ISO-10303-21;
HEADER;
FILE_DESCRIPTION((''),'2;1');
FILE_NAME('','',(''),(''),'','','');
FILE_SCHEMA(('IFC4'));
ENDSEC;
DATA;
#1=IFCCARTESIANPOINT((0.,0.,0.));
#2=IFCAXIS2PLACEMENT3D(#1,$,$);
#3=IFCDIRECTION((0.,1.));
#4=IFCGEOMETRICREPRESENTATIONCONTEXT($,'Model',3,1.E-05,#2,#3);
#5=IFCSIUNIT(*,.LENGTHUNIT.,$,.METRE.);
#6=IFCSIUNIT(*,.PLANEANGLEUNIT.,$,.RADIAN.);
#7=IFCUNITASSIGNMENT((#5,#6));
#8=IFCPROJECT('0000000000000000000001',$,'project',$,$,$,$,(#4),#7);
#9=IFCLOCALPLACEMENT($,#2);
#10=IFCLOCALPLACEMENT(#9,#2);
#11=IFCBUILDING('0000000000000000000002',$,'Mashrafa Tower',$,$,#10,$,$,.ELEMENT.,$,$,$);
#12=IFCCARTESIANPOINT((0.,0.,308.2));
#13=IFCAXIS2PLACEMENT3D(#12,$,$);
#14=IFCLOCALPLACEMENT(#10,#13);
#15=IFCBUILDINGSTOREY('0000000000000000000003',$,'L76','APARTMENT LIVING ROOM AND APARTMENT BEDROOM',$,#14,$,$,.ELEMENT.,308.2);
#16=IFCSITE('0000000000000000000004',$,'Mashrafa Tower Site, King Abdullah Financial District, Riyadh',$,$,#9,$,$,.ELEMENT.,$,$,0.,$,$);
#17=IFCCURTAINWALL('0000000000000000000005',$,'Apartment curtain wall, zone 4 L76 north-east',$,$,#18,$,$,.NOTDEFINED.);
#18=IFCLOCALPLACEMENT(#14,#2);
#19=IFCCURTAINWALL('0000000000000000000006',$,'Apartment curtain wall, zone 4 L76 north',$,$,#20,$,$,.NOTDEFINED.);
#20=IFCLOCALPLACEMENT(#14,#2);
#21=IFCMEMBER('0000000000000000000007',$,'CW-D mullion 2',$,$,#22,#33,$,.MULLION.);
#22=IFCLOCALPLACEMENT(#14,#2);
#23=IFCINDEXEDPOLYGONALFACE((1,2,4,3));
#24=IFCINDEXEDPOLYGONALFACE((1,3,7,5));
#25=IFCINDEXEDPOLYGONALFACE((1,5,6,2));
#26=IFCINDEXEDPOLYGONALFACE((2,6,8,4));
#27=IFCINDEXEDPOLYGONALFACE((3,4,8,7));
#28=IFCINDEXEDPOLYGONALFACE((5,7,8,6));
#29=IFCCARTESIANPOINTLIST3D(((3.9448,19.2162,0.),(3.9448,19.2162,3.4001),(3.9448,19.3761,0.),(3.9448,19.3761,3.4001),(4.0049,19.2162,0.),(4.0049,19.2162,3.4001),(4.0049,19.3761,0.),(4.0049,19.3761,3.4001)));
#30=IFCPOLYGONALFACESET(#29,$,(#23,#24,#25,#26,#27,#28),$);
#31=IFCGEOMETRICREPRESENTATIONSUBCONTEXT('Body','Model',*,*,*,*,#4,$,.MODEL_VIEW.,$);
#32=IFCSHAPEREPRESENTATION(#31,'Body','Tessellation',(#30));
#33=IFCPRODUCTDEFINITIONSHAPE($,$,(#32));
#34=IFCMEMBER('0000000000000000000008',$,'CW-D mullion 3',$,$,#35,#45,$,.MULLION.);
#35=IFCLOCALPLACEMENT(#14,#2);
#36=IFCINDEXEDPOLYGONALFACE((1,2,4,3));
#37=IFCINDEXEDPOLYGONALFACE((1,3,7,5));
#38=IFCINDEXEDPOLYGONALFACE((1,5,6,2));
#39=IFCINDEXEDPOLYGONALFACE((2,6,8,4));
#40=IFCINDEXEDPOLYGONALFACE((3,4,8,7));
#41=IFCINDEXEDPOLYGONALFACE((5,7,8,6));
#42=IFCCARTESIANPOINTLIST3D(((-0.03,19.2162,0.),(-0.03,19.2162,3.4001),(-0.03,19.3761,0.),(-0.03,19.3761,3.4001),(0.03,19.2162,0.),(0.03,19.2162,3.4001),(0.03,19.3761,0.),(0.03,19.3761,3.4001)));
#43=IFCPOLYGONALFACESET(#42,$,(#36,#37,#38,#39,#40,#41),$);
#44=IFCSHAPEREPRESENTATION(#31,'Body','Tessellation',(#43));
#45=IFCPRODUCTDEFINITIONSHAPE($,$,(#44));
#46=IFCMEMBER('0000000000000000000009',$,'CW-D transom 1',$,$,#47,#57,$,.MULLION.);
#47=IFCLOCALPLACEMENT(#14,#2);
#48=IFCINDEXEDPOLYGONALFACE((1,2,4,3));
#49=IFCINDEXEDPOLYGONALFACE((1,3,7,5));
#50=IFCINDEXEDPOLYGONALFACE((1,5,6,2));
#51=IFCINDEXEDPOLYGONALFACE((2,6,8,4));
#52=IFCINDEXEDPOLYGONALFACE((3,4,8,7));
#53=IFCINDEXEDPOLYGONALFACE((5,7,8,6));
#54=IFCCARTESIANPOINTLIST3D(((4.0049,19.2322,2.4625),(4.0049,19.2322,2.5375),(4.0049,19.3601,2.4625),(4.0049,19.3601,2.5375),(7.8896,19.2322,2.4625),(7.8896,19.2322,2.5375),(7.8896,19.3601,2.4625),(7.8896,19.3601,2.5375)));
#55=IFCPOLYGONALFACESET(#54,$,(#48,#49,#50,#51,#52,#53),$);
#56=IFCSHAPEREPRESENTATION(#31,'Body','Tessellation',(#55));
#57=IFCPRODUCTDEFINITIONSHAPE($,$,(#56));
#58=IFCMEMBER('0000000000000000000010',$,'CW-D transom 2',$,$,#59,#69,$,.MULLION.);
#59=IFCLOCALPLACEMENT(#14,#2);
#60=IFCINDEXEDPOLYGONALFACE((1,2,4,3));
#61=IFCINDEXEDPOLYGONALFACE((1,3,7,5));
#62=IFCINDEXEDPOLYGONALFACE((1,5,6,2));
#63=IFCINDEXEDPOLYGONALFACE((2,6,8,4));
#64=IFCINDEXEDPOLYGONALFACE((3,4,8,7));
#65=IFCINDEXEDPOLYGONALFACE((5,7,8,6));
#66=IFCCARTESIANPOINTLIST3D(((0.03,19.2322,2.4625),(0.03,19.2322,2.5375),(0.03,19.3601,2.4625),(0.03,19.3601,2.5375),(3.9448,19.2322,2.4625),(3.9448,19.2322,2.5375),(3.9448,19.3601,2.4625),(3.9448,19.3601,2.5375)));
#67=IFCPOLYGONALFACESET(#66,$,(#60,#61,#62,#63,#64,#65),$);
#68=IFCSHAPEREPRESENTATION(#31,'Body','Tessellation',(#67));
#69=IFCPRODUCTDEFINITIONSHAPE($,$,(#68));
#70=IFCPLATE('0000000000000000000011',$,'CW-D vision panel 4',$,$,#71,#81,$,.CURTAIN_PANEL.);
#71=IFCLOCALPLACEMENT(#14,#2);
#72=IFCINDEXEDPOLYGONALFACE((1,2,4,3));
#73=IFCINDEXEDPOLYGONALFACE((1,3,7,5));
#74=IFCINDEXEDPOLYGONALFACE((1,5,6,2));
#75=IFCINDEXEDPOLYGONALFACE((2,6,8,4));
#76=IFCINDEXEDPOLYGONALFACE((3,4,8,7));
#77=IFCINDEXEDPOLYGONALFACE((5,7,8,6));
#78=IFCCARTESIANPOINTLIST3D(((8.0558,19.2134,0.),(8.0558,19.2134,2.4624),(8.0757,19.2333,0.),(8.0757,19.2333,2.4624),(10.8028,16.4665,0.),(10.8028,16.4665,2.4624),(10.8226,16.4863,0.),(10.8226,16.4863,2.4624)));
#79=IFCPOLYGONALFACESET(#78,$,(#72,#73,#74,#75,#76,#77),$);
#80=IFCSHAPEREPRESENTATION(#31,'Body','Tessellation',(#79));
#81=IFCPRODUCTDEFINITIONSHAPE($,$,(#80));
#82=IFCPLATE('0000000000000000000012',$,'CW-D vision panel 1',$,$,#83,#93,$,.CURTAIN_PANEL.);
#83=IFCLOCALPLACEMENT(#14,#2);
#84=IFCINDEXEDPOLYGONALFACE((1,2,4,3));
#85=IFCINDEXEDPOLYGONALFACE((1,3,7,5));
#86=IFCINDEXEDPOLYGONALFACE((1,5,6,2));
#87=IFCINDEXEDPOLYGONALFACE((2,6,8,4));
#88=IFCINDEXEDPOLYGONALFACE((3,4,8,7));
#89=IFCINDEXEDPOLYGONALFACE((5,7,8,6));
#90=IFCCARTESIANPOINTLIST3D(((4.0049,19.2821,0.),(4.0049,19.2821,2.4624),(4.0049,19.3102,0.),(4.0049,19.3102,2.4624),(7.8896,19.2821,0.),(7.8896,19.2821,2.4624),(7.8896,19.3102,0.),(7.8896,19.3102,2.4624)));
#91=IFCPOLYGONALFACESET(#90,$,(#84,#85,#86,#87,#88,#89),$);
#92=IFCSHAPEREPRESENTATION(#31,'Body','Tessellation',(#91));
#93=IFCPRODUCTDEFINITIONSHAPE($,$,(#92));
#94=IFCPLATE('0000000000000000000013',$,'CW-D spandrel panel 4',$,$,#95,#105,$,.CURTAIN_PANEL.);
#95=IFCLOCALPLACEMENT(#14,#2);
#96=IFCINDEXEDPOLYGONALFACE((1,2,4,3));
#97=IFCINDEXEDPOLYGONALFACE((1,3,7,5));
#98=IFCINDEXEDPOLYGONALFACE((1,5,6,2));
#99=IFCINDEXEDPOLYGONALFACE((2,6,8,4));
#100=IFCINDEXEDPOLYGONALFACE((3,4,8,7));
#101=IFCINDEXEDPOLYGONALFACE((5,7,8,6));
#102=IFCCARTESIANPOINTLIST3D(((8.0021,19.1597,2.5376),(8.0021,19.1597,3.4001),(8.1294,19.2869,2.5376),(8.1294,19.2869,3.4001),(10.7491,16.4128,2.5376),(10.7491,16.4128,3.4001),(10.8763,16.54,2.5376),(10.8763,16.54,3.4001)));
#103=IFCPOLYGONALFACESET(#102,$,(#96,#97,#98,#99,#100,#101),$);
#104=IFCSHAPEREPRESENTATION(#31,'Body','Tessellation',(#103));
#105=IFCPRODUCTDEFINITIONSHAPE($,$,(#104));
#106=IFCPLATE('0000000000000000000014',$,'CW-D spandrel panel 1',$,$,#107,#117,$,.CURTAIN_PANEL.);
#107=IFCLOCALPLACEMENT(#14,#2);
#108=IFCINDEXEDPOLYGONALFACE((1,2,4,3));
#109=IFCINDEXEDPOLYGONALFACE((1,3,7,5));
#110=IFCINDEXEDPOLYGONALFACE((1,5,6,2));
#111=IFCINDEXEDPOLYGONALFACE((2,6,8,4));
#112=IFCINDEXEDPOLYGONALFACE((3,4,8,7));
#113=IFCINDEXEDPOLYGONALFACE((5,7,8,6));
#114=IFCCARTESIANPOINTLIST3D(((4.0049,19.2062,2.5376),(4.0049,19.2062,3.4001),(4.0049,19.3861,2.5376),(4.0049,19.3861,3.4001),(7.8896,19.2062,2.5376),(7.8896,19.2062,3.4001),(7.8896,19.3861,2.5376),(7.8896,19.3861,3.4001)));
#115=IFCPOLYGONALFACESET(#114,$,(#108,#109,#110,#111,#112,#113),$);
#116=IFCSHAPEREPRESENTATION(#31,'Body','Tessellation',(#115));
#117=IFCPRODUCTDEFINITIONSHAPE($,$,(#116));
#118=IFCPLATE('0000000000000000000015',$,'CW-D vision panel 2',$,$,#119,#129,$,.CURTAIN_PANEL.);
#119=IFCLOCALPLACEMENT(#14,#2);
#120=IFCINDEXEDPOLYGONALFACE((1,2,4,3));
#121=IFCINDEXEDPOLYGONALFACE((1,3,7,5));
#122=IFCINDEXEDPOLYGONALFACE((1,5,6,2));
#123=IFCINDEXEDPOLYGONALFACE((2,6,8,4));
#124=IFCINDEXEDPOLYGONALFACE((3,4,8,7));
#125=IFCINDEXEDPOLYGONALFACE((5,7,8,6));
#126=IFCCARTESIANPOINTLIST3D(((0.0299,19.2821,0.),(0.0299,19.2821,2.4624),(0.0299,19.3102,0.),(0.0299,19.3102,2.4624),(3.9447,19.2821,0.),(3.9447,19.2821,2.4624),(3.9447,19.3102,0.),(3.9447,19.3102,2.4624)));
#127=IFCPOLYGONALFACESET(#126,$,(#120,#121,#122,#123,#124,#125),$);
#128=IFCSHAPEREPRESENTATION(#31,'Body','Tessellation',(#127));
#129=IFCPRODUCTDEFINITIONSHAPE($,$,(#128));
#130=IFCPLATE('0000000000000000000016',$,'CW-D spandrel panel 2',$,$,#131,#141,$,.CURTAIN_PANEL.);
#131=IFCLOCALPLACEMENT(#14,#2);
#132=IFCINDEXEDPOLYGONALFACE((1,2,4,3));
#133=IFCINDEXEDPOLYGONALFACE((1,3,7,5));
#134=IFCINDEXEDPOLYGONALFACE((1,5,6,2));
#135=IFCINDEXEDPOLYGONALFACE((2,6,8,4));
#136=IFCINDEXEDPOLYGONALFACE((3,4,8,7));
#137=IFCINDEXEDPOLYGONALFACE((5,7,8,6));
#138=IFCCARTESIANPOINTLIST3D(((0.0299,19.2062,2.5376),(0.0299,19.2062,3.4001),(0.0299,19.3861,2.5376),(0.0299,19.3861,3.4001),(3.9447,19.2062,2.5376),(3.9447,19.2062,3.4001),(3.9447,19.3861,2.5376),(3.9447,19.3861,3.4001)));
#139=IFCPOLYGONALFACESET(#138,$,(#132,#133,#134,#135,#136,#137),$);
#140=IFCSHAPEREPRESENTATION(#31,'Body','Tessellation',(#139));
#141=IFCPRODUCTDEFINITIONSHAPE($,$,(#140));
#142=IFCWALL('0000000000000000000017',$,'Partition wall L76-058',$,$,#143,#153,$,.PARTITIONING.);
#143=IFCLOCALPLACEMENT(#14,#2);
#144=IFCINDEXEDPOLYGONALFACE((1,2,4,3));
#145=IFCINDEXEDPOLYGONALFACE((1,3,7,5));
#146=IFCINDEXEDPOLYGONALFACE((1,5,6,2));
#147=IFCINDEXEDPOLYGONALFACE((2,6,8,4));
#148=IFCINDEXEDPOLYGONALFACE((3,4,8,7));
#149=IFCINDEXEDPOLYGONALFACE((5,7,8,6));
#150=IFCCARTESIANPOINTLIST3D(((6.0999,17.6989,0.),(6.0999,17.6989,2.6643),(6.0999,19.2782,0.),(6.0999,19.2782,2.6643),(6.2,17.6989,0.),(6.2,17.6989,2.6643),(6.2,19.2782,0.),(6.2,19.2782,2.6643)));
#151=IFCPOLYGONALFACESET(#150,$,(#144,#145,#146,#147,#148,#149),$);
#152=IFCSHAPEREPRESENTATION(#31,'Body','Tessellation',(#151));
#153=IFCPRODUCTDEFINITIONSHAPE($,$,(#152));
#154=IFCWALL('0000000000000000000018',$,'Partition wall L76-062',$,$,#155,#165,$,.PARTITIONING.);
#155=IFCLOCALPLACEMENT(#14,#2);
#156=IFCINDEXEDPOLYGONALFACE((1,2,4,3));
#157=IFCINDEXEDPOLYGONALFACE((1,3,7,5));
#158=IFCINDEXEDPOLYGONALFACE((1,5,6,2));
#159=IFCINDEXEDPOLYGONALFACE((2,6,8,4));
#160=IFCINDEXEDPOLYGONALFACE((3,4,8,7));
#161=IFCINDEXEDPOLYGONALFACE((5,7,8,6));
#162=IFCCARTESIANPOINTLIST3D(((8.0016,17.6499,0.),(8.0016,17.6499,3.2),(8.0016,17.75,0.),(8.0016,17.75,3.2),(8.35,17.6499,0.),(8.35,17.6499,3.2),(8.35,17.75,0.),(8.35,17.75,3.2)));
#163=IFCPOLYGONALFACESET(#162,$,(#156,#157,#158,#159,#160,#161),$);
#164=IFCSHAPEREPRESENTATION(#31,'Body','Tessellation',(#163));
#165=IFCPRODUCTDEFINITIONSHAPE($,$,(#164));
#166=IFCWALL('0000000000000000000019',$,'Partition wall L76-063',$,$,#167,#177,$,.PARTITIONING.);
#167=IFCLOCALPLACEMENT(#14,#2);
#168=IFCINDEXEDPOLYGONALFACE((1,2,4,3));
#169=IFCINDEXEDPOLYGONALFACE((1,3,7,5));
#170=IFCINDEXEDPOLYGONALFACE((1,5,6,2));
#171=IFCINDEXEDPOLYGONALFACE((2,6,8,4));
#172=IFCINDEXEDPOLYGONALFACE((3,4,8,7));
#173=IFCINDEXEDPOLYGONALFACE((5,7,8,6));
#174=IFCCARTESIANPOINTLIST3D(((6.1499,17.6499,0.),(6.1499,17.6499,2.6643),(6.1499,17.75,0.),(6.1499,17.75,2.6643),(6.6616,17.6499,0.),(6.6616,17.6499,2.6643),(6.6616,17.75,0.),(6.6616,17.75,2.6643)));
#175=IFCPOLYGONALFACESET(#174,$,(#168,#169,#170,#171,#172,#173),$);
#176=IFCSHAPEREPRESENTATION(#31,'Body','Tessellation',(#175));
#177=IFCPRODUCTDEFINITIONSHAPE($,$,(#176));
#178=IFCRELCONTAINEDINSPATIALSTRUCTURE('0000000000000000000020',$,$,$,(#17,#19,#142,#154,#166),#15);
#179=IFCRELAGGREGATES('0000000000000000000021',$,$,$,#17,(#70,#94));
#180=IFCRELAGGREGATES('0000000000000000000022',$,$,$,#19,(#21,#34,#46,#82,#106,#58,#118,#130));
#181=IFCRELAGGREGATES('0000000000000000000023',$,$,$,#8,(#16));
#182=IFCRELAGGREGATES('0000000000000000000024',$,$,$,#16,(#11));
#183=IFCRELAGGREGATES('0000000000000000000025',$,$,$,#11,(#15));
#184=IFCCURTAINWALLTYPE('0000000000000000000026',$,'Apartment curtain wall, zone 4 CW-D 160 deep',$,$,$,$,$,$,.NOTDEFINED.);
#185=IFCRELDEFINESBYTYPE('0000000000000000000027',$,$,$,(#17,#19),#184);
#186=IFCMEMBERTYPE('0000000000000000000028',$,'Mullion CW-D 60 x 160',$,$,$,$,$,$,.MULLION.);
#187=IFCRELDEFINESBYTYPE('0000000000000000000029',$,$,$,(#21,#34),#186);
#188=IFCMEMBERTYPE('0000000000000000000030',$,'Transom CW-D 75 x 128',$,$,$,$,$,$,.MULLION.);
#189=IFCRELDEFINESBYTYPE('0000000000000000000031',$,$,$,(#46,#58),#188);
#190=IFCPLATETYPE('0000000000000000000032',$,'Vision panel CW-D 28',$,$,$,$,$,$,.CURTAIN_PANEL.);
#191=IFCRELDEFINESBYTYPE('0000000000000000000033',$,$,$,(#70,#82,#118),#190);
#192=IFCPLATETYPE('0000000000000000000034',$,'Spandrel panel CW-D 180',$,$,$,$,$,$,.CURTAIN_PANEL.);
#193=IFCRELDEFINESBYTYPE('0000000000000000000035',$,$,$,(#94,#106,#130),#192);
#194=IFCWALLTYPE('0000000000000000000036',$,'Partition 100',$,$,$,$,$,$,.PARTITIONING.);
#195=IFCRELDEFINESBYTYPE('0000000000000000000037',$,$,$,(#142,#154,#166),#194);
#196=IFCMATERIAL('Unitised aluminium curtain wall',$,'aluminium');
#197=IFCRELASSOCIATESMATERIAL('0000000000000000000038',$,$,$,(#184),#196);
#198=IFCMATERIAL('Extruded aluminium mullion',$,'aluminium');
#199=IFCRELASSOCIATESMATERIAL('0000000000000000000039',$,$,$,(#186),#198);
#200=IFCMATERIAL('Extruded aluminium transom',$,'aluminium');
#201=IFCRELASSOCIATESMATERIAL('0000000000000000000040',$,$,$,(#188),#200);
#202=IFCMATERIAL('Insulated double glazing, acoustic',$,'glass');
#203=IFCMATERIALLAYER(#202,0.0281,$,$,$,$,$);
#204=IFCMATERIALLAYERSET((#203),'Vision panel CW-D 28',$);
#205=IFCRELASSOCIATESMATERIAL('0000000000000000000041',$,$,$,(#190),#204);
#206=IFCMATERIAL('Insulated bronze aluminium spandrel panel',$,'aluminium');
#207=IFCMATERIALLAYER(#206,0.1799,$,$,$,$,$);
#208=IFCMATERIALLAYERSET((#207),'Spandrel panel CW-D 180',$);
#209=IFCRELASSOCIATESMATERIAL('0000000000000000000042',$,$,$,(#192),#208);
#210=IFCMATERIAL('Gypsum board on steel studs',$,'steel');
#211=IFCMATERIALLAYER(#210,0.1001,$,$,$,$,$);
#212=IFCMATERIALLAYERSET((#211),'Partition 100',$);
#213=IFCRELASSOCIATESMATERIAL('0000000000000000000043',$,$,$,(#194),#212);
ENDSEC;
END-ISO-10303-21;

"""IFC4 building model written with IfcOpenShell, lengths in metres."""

from ifc_helpers import new_model, si_unit, direction, frame, frame_2d, origin, origin_2d, place, context, subcontext, project, spatial, rectangle, extrude, source, transform, mapped, material, layer, layer_set, material_profile, profile_set, type_object, type_shapes, element, aggregate, save


model = new_model("IFC4")

# Units and contexts
model_context = context("Model", 3, precision=1e-05, world=origin(), true_north=direction((0.0, 1.0)))
body_context = subcontext(model_context, "Body", "Model", "MODEL_VIEW")
ifc_project = project(units=[si_unit("LENGTHUNIT", "METRE"), si_unit("PLANEANGLEUNIT", "RADIAN")], contexts=[model_context])

# Site, building, storey
site_placement = place(None, origin())
site = spatial("IfcSite", under=ifc_project, at=site_placement, Name="Mashrafa Tower Site, King Abdullah Financial District, Riyadh", CompositionType="ELEMENT", RefElevation=0.0)
building_placement = place(site_placement, origin())
building = spatial("IfcBuilding", under=site, at=building_placement, Name="Mashrafa Tower", CompositionType="ELEMENT")
storey_placement = place(building_placement, frame((0.0, 0.0, 308.2)))
storey = spatial("IfcBuildingStorey", under=building, at=storey_placement, Name="L76", Description="APARTMENT LIVING ROOM AND APARTMENT BEDROOM", CompositionType="ELEMENT", Elevation=308.2)

# Curtain wall
ifc_material_1 = material(Name="Unitised aluminium curtain wall", Category="aluminium")
curtain_wall_type = type_object("IfcCurtainWallType", Name="Apartment curtain wall, zone 4 CW-D 160 deep", PredefinedType="NOTDEFINED", material=ifc_material_1)
curtain_wall_1_placement = place(storey_placement, origin())
curtain_wall_1 = element("IfcCurtainWall", 1, at=curtain_wall_1_placement, inside=storey, type_object=curtain_wall_type, Name="Apartment curtain wall, zone 4 L76 north-east", PredefinedType="NOTDEFINED")
ifc_material_2 = material(Name="Extruded aluminium mullion", Category="aluminium")
ifc_material_profile_1 = material_profile(ifc_material_2, rectangle(XDim=0.1599, YDim=0.0601, at=origin_2d()), Name="Mullion 60x160")
ifc_profile_set_1 = profile_set([ifc_material_profile_1], Name="Extruded aluminium mullion")
member_type_1 = type_object("IfcMemberType", Name="Mullion CW-D 60 x 160", PredefinedType="MULLION", material=ifc_profile_set_1)
shared_shape_1 = source(origin(), body_context, "Body", "SweptSolid", [
    extrude(rectangle(XDim=0.1599, YDim=0.0601, at=origin_2d()), origin(), (0.0, 0.0, 1.0), 3.4001),
])
type_shapes(member_type_1, [shared_shape_1])

# Curtain wall, members
curtain_wall_2_placement = place(storey_placement, origin())
curtain_wall_2 = element("IfcCurtainWall", 2, at=curtain_wall_2_placement, inside=storey, type_object=curtain_wall_type, Name="Apartment curtain wall, zone 4 L76 north", PredefinedType="NOTDEFINED")
member_1_placement = place(storey_placement, frame((3.9749, 19.2961, 0.0), z_axis=(0.0, 0.0, 1.0), x_axis=(0.0, -1.0, 0.0)))
member_1 = element("IfcMember", 3, at=member_1_placement, type_object=member_type_1, Name="CW-D mullion 2", PredefinedType="MULLION", context=body_context, shape_type="MappedRepresentation", body=[
    mapped(shared_shape_1, transform((0.0, 0.0, 0.0))),
])
member_2_placement = place(storey_placement, frame((0.0, 19.2961, 0.0), z_axis=(0.0, 0.0, 1.0), x_axis=(0.0, -1.0, 0.0)))
member_2 = element("IfcMember", 4, at=member_2_placement, type_object=member_type_1, Name="CW-D mullion 3", PredefinedType="MULLION", context=body_context, shape_type="MappedRepresentation", body=[
    mapped(shared_shape_1, transform((0.0, 0.0, 0.0))),
])
ifc_material_3 = material(Name="Extruded aluminium transom", Category="aluminium")
ifc_material_profile_2 = material_profile(ifc_material_3, rectangle(XDim=0.1279, YDim=0.075, at=origin_2d()), Name="Transom 75x128")
ifc_profile_set_2 = profile_set([ifc_material_profile_2], Name="Extruded aluminium transom")
member_type_2 = type_object("IfcMemberType", Name="Transom CW-D 75 x 128", PredefinedType="MULLION", material=ifc_profile_set_2)
shared_shape_2 = source(origin(), body_context, "Body", "SweptSolid", [
    extrude(rectangle(XDim=0.1279, YDim=0.075, at=origin_2d()), origin(), (0.0, 0.0, 1.0), 3.8848),
])
member_3_placement = place(storey_placement, frame((7.8896, 19.2961, 2.5), z_axis=(-1.0, 0.0, 0.0), x_axis=(0.0, -1.0, 0.0)))
member_3 = element("IfcMember", 5, at=member_3_placement, type_object=member_type_2, Name="CW-D transom 1", PredefinedType="MULLION", context=body_context, shape_type="MappedRepresentation", body=[
    mapped(shared_shape_2, transform((0.0, 0.0, 0.0))),
])
shared_shape_3 = source(origin(), body_context, "Body", "SweptSolid", [
    extrude(rectangle(XDim=0.1279, YDim=0.075, at=origin_2d()), origin(), (0.0, 0.0, 1.0), 3.9148),
])
type_shapes(member_type_2, [shared_shape_2, shared_shape_3])
member_4_placement = place(storey_placement, frame((3.9448, 19.2961, 2.5), z_axis=(-1.0, 0.0, 0.0), x_axis=(0.0, -1.0, 0.0)))
member_4 = element("IfcMember", 6, at=member_4_placement, type_object=member_type_2, Name="CW-D transom 2", PredefinedType="MULLION", context=body_context, shape_type="MappedRepresentation", body=[
    mapped(shared_shape_3, transform((0.0, 0.0, 0.0))),
])

# Plates
ifc_material_4 = material(Name="Insulated double glazing, acoustic", Category="glass")
ifc_layer_1 = layer(ifc_material_4, 0.0281)
ifc_layer_set_1 = layer_set([ifc_layer_1], Name="Vision panel CW-D 28")
plate_type_1 = type_object("IfcPlateType", Name="Vision panel CW-D 28", PredefinedType="CURTAIN_PANEL", material=ifc_layer_set_1)
shared_shape_4 = source(origin(), body_context, "Body", "SweptSolid", [
    extrude(rectangle(XDim=3.8848, YDim=0.0281, at=origin_2d()), origin(), (0.0, 0.0, 1.0), 2.4624),
])
plate_1_placement = place(storey_placement, frame((9.4392, 17.8499, 0.0), z_axis=(0.0, 0.0, 1.0), x_axis=(-0.707107, 0.707107, 0.0)))
plate_1 = element("IfcPlate", 7, at=plate_1_placement, type_object=plate_type_1, Name="CW-D vision panel 4", PredefinedType="CURTAIN_PANEL", context=body_context, shape_type="MappedRepresentation", body=[
    mapped(shared_shape_4, transform((0.0, 0.0, 0.0))),
])
plate_2_placement = place(storey_placement, frame((5.9473, 19.2961, 0.0), z_axis=(0.0, 0.0, 1.0), x_axis=(-1.0, 0.0, 0.0)))
plate_2 = element("IfcPlate", 8, at=plate_2_placement, type_object=plate_type_1, Name="CW-D vision panel 1", PredefinedType="CURTAIN_PANEL", context=body_context, shape_type="MappedRepresentation", body=[
    mapped(shared_shape_4, transform((0.0, 0.0, 0.0))),
])
ifc_material_5 = material(Name="Insulated bronze aluminium spandrel panel", Category="aluminium")
ifc_layer_2 = layer(ifc_material_5, 0.1799)
ifc_layer_set_2 = layer_set([ifc_layer_2], Name="Spandrel panel CW-D 180")
plate_type_2 = type_object("IfcPlateType", Name="Spandrel panel CW-D 180", PredefinedType="CURTAIN_PANEL", material=ifc_layer_set_2)
shared_shape_5 = source(origin(), body_context, "Body", "SweptSolid", [
    extrude(rectangle(XDim=3.8848, YDim=0.1799, at=origin_2d()), origin(), (0.0, 0.0, 1.0), 0.8625),
])
plate_3_placement = place(storey_placement, frame((9.4392, 17.8499, 2.5376), z_axis=(0.0, 0.0, 1.0), x_axis=(-0.707107, 0.707107, 0.0)))
plate_3 = element("IfcPlate", 9, at=plate_3_placement, type_object=plate_type_2, Name="CW-D spandrel panel 4", PredefinedType="CURTAIN_PANEL", context=body_context, shape_type="MappedRepresentation", body=[
    mapped(shared_shape_5, transform((0.0, 0.0, 0.0))),
])
aggregate(curtain_wall_1, [plate_1, plate_3])
plate_4_placement = place(storey_placement, frame((5.9473, 19.2961, 2.5376), z_axis=(0.0, 0.0, 1.0), x_axis=(-1.0, 0.0, 0.0)))
plate_4 = element("IfcPlate", 10, at=plate_4_placement, type_object=plate_type_2, Name="CW-D spandrel panel 1", PredefinedType="CURTAIN_PANEL", context=body_context, shape_type="MappedRepresentation", body=[
    mapped(shared_shape_5, transform((0.0, 0.0, 0.0))),
])
shared_shape_6 = source(origin(), body_context, "Body", "SweptSolid", [
    extrude(rectangle(XDim=3.9148, YDim=0.0281, at=origin_2d()), origin(), (0.0, 0.0, 1.0), 2.4624),
])
type_shapes(plate_type_1, [shared_shape_4, shared_shape_6])
plate_5_placement = place(storey_placement, frame((1.9873, 19.2961, 0.0), z_axis=(0.0, 0.0, 1.0), x_axis=(-1.0, 0.0, 0.0)))
plate_5 = element("IfcPlate", 11, at=plate_5_placement, type_object=plate_type_1, Name="CW-D vision panel 2", PredefinedType="CURTAIN_PANEL", context=body_context, shape_type="MappedRepresentation", body=[
    mapped(shared_shape_6, transform((0.0, 0.0, 0.0))),
])
shared_shape_7 = source(origin(), body_context, "Body", "SweptSolid", [
    extrude(rectangle(XDim=3.9148, YDim=0.1799, at=origin_2d()), origin(), (0.0, 0.0, 1.0), 0.8625),
])
type_shapes(plate_type_2, [shared_shape_5, shared_shape_7])
plate_6_placement = place(storey_placement, frame((1.9873, 19.2961, 2.5376), z_axis=(0.0, 0.0, 1.0), x_axis=(-1.0, 0.0, 0.0)))
plate_6 = element("IfcPlate", 12, at=plate_6_placement, type_object=plate_type_2, Name="CW-D spandrel panel 2", PredefinedType="CURTAIN_PANEL", context=body_context, shape_type="MappedRepresentation", body=[
    mapped(shared_shape_7, transform((0.0, 0.0, 0.0))),
])
aggregate(curtain_wall_2, [member_1, member_2, member_3, plate_2, plate_4, member_4, plate_5, plate_6])

# Walls
ifc_material_6 = material(Name="Gypsum board on steel studs", Category="steel")
ifc_layer_3 = layer(ifc_material_6, 0.1001)
ifc_layer_set_3 = layer_set([ifc_layer_3], Name="Partition 100")
wall_type = type_object("IfcWallType", Name="Partition 100", PredefinedType="PARTITIONING", material=ifc_layer_set_3)
wall_1_placement = place(storey_placement, frame((6.1499, 17.699, 0.0), z_axis=(0.0, 0.0, 1.0), x_axis=(0.0, 1.0, 0.0)))
element("IfcWall", 13, at=wall_1_placement, inside=storey, type_object=wall_type, Name="Partition wall L76-058", PredefinedType="PARTITIONING", context=body_context, shape_type="SweptSolid", body=[
    extrude(rectangle(XDim=1.5793, YDim=0.1001, at=frame_2d((0.7896, 0.0))), origin(), (0.0, 0.0, 1.0), 2.6643),
])
wall_2_placement = place(storey_placement, frame((8.3501, 17.7, 0.0), z_axis=(0.0, 0.0, 1.0), x_axis=(-1.0, 0.0, 0.0)))
element("IfcWall", 14, at=wall_2_placement, inside=storey, type_object=wall_type, Name="Partition wall L76-062", PredefinedType="PARTITIONING", context=body_context, shape_type="SweptSolid", body=[
    extrude(rectangle(XDim=0.3484, YDim=0.1001, at=frame_2d((0.1743, 0.0))), origin(), (0.0, 0.0, 1.0), 3.2),
])
wall_3_placement = place(storey_placement, frame((6.6616, 17.7, 0.0), z_axis=(0.0, 0.0, 1.0), x_axis=(-1.0, 0.0, 0.0)))
element("IfcWall", 15, at=wall_3_placement, inside=storey, type_object=wall_type, Name="Partition wall L76-063", PredefinedType="PARTITIONING", context=body_context, shape_type="SweptSolid", body=[
    extrude(rectangle(XDim=0.5117, YDim=0.1001, at=frame_2d((0.2559, 0.0))), origin(), (0.0, 0.0, 1.0), 2.6643),
])

save(model, "model.ifc")
